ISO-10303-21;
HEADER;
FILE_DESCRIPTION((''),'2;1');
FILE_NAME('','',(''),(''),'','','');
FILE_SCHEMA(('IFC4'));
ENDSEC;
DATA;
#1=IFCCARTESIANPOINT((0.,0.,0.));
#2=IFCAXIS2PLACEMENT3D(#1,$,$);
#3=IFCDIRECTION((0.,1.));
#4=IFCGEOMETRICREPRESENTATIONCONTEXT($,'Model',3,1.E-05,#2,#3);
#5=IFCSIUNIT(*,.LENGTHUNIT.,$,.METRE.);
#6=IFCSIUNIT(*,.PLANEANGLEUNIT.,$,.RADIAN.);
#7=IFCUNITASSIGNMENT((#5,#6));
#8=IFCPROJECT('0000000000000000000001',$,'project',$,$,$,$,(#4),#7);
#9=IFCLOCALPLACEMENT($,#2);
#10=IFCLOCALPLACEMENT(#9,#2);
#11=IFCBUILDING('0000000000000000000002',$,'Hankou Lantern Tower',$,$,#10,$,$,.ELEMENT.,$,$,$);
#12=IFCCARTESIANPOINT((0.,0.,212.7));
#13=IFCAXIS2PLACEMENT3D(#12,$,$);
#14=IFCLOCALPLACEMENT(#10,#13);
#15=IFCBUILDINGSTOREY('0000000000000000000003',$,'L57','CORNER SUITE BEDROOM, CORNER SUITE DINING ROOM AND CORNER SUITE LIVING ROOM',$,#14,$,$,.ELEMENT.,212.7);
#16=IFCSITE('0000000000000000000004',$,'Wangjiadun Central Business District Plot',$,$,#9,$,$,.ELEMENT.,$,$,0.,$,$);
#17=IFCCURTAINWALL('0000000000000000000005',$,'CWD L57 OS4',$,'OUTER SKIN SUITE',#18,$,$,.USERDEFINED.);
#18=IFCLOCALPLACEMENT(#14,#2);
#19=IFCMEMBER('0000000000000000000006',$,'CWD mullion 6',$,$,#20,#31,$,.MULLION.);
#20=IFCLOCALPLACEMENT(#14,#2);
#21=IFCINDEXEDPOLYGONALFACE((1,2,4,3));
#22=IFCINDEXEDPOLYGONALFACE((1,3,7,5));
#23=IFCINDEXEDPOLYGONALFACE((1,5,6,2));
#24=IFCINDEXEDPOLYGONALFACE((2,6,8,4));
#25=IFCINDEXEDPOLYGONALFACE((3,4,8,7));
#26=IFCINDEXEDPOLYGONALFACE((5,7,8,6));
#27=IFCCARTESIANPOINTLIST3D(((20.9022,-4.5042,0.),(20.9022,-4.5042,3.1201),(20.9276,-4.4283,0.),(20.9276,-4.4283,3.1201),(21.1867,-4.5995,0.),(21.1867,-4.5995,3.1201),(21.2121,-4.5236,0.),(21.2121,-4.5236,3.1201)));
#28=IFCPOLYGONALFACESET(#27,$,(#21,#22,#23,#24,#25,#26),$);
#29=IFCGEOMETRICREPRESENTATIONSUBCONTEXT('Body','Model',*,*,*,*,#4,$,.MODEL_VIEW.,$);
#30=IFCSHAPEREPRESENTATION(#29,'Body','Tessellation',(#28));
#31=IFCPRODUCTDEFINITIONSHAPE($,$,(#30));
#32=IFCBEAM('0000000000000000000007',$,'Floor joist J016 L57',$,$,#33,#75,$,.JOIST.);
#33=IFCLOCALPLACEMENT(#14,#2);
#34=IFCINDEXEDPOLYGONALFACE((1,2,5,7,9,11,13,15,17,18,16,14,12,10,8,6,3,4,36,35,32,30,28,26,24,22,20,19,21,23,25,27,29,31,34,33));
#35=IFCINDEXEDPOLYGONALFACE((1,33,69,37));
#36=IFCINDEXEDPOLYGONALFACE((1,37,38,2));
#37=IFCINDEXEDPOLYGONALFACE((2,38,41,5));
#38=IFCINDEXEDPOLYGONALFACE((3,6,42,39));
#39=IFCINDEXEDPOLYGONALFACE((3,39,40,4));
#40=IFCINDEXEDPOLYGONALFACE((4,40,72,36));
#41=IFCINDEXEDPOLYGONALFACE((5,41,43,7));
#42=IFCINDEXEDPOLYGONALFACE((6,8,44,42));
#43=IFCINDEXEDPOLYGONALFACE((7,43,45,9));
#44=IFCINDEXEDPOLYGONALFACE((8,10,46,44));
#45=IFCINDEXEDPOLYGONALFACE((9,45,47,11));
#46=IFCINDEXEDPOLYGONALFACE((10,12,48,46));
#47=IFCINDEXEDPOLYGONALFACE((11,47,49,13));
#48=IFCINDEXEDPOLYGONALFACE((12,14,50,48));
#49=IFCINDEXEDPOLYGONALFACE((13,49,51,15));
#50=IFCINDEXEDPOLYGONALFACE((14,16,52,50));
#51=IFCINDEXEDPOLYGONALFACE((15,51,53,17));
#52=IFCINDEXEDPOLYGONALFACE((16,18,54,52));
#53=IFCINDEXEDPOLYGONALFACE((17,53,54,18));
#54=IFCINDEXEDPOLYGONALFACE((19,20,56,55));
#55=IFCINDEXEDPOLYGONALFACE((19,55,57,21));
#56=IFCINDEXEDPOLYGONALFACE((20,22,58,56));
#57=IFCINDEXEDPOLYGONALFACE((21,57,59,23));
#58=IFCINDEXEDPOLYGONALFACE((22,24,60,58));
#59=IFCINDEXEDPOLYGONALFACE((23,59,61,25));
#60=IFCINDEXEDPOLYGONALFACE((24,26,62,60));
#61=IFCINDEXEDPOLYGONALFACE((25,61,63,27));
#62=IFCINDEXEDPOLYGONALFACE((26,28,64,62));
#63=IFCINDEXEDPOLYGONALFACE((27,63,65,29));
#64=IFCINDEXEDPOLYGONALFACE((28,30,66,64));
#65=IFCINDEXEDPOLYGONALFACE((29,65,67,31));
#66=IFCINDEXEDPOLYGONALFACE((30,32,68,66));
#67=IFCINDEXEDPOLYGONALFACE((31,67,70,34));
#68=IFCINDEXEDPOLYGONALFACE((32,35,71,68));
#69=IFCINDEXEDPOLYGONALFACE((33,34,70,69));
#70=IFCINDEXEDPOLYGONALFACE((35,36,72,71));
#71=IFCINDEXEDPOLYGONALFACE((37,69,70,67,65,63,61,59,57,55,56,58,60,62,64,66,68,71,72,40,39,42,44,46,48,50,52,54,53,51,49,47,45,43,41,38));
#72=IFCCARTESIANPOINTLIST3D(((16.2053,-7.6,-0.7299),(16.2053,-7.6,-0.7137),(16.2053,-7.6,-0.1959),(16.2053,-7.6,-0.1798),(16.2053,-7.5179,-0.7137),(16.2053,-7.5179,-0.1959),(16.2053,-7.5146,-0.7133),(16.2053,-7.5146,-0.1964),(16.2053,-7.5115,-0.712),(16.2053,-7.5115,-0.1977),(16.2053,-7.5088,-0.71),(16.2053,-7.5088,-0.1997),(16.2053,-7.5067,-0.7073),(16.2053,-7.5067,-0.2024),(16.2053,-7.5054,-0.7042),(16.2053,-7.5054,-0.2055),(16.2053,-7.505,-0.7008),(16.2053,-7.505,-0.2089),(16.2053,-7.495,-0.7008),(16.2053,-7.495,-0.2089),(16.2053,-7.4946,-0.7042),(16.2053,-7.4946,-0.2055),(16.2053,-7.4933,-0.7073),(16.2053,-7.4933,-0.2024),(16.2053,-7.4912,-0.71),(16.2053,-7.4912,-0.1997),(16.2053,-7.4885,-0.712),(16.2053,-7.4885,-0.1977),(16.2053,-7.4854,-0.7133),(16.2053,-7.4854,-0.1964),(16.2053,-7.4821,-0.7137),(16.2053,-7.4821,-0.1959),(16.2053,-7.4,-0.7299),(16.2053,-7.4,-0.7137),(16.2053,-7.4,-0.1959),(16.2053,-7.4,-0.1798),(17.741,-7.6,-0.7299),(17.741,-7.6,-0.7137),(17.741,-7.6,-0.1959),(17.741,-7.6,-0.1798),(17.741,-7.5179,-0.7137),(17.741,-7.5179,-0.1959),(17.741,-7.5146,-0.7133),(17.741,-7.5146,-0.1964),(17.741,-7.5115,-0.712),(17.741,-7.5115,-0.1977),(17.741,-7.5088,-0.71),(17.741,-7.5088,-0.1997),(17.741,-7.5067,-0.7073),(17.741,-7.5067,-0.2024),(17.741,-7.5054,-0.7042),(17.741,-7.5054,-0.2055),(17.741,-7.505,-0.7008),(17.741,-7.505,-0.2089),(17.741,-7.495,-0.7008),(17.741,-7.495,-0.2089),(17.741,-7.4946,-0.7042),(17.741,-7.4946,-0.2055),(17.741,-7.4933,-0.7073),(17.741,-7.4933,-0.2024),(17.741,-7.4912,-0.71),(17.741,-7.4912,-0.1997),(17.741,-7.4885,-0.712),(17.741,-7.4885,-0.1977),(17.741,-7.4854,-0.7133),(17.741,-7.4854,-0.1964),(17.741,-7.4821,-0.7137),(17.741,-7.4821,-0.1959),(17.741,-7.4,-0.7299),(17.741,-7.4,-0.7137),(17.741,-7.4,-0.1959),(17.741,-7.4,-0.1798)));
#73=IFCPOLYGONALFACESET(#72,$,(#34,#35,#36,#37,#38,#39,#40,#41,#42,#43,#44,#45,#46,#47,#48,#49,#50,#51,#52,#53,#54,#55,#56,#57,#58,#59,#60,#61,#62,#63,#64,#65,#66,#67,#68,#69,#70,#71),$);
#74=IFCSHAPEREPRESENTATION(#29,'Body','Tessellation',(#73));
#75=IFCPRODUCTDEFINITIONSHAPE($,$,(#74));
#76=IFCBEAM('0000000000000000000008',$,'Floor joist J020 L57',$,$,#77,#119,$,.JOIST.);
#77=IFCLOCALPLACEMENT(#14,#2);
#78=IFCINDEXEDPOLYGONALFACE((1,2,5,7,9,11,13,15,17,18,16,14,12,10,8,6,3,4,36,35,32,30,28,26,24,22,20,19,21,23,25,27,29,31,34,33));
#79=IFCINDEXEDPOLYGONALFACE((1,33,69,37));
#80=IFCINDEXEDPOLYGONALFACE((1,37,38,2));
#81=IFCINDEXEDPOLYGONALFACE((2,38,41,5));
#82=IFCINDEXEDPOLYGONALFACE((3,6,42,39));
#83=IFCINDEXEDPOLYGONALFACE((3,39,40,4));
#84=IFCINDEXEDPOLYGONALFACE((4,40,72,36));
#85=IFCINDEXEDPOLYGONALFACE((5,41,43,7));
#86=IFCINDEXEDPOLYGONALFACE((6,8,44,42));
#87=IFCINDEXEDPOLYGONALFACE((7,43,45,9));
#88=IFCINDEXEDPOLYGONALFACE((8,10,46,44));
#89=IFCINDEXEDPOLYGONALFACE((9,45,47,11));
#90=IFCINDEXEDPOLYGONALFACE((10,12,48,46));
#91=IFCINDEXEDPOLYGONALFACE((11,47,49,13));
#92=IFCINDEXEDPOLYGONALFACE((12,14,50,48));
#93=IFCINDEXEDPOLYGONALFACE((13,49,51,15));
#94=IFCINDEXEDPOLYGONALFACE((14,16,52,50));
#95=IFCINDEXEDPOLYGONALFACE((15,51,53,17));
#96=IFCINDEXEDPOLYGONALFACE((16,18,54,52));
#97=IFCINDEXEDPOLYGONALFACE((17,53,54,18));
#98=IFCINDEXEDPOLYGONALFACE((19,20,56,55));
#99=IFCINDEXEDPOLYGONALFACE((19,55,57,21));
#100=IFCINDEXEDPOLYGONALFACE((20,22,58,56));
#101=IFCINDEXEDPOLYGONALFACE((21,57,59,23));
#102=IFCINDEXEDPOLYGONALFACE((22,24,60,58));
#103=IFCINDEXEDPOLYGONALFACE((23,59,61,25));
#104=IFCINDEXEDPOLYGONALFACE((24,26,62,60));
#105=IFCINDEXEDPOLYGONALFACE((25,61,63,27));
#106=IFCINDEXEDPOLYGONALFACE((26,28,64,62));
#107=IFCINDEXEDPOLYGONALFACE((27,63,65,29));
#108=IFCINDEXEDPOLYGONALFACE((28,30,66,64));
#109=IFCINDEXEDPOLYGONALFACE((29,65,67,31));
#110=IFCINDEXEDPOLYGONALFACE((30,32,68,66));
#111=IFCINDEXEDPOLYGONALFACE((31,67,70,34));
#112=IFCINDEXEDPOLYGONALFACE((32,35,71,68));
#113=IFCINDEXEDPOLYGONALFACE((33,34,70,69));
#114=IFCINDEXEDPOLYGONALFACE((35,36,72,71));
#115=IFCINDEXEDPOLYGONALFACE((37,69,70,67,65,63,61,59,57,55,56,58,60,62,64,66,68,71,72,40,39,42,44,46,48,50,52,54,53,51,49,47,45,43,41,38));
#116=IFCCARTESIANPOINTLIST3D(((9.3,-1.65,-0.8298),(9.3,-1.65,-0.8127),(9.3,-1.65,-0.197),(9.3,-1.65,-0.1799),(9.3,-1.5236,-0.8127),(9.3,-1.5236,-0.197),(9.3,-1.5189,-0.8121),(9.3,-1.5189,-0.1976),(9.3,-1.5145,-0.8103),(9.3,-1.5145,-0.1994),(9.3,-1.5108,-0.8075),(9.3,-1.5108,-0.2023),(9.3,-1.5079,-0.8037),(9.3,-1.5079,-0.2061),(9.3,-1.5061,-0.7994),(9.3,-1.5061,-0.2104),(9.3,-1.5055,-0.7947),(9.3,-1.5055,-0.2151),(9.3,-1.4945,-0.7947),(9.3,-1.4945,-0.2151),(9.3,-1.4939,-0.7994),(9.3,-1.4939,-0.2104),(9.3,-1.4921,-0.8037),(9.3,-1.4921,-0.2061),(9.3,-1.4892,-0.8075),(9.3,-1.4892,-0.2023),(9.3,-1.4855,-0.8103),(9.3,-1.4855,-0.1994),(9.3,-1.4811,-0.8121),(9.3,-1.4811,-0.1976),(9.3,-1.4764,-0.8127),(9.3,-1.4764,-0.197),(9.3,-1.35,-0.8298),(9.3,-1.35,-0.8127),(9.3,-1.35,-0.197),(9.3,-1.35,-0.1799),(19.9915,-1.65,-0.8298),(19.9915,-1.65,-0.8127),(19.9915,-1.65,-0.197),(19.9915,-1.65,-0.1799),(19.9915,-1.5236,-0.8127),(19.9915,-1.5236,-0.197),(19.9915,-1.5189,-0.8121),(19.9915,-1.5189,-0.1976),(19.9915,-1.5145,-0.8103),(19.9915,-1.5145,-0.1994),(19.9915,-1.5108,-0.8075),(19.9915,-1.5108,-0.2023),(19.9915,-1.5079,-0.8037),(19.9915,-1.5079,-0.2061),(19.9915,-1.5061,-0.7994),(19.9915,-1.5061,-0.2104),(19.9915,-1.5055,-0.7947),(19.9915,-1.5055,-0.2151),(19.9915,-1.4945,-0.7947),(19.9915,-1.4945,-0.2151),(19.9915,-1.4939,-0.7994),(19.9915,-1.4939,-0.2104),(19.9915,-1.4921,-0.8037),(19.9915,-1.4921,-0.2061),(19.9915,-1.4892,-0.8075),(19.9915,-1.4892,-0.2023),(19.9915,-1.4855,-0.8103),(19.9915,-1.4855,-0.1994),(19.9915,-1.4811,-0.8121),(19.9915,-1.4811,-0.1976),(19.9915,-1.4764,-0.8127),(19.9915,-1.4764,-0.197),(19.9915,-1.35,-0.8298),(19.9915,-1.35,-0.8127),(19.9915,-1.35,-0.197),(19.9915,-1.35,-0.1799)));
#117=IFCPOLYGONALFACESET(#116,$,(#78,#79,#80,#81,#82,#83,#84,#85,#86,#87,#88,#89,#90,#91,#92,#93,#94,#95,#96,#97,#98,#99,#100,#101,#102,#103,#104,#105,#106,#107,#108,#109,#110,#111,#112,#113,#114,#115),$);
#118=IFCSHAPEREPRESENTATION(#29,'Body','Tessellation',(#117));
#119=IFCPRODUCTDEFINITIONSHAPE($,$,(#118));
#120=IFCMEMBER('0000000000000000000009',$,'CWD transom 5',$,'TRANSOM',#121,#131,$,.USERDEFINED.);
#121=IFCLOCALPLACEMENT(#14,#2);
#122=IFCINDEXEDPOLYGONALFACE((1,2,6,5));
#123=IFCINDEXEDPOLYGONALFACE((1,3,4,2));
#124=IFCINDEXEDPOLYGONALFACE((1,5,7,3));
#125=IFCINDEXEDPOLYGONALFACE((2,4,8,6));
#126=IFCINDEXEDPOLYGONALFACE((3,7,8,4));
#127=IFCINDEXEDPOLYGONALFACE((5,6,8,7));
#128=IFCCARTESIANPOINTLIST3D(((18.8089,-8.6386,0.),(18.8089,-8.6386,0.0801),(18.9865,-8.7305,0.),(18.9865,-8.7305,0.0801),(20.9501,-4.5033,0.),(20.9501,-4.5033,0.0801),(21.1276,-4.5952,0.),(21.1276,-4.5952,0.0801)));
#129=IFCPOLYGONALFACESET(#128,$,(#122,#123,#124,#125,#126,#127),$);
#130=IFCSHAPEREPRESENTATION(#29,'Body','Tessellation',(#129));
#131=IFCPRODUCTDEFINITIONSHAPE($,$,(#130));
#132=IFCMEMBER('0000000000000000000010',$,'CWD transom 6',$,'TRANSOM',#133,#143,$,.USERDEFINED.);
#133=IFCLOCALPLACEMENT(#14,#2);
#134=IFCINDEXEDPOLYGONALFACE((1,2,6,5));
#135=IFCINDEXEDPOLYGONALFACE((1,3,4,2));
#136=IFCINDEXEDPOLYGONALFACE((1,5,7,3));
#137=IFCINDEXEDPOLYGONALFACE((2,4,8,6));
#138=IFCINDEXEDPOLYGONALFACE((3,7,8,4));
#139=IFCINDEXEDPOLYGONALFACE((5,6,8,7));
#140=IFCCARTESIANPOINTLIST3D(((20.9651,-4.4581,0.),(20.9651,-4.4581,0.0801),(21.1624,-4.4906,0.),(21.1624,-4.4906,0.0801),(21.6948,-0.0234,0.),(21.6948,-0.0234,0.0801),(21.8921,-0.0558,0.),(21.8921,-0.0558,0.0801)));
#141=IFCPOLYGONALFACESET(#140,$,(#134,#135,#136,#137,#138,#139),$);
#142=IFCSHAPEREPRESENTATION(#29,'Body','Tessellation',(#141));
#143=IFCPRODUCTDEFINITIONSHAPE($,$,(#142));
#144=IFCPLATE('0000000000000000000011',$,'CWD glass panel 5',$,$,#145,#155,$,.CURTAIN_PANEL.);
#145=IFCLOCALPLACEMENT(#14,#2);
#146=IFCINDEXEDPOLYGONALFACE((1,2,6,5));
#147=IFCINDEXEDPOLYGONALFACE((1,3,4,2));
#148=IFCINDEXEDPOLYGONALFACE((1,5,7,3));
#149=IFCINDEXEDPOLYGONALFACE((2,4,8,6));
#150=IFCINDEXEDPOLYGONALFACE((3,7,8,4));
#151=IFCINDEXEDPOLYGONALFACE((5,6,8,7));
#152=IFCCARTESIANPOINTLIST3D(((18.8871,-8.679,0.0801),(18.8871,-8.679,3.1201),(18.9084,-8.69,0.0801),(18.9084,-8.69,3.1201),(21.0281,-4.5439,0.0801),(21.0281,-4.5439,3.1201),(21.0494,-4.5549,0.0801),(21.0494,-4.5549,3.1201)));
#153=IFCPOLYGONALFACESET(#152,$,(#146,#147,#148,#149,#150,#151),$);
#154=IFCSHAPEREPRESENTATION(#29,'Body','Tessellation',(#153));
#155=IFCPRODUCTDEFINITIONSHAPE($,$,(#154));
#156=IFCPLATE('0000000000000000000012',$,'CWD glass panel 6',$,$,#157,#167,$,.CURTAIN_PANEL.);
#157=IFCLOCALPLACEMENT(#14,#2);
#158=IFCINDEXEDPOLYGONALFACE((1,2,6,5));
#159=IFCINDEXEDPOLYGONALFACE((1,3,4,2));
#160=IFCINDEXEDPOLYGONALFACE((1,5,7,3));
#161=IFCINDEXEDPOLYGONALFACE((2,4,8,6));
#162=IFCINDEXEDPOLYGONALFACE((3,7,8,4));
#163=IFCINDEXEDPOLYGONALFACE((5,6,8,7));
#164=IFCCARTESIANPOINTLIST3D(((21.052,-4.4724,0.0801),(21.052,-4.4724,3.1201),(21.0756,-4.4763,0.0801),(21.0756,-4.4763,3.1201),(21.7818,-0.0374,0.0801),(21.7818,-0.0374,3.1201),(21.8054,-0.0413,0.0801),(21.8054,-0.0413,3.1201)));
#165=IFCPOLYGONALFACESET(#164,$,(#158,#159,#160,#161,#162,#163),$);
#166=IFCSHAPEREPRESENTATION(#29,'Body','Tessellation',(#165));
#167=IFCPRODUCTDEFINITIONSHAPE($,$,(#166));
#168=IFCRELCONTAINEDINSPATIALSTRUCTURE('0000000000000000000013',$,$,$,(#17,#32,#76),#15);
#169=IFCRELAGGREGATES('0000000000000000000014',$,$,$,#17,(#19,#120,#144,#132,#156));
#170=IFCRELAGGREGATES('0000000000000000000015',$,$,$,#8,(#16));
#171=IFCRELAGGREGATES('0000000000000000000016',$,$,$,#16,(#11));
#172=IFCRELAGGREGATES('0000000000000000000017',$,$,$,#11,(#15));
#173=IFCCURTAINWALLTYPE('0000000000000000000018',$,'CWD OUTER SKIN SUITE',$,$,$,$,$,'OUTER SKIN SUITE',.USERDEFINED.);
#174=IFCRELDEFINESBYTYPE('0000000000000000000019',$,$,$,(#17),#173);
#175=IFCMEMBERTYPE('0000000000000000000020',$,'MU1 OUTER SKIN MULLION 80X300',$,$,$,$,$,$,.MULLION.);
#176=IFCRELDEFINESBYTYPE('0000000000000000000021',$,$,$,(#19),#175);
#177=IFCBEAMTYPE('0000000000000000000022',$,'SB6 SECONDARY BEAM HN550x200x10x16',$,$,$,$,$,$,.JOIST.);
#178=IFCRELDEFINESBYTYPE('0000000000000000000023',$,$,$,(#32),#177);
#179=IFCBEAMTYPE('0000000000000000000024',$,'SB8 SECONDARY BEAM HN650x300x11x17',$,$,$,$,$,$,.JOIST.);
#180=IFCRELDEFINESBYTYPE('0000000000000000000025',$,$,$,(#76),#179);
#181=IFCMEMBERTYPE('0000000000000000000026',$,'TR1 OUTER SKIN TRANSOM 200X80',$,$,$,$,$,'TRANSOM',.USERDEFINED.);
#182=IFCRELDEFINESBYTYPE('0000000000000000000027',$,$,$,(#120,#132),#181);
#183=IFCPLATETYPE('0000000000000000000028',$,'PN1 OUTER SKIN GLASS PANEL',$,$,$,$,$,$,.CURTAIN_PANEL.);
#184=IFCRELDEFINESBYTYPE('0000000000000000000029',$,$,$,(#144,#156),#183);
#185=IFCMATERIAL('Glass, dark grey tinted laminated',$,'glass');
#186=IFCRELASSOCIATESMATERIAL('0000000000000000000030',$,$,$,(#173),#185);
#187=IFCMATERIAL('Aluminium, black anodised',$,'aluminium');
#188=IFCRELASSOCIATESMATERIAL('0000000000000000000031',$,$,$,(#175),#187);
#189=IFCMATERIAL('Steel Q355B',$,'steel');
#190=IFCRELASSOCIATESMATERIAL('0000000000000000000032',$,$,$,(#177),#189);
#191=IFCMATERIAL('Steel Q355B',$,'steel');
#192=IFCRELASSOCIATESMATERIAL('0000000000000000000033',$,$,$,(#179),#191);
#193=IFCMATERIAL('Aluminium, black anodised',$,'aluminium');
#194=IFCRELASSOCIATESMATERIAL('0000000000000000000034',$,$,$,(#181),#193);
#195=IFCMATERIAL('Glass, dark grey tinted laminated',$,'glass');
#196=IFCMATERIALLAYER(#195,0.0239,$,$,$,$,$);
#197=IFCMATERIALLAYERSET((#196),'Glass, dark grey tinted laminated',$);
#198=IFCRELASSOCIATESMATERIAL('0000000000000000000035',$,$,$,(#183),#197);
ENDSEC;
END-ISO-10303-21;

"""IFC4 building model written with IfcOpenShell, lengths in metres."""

from ifc_helpers import new_model, si_unit, direction, frame, origin, origin_2d, place, context, subcontext, project, spatial, rectangle, i_section, extrude, material, layer, layer_set, material_profile, profile_set, type_object, element, aggregate, save


model = new_model("IFC4")

# Units and contexts
model_context = context("Model", 3, precision=1e-05, world=origin(), true_north=direction((0.0, 1.0)))
body_context = subcontext(model_context, "Body", "Model", "MODEL_VIEW")
ifc_project = project(units=[si_unit("LENGTHUNIT", "METRE"), si_unit("PLANEANGLEUNIT", "RADIAN")], contexts=[model_context])

# Site, building, storey
site_placement = place(None, origin())
site = spatial("IfcSite", under=ifc_project, at=site_placement, Name="Wangjiadun Central Business District Plot", CompositionType="ELEMENT", RefElevation=0.0)
building_placement = place(site_placement, origin())
building = spatial("IfcBuilding", under=site, at=building_placement, Name="Hankou Lantern Tower", CompositionType="ELEMENT")
storey_placement = place(building_placement, frame((0.0, 0.0, 212.7)))
storey = spatial("IfcBuildingStorey", under=building, at=storey_placement, Name="L57", Description="CORNER SUITE BEDROOM, CORNER SUITE DINING ROOM AND CORNER SUITE LIVING ROOM", CompositionType="ELEMENT", Elevation=212.7)

# Curtain wall, member
ifc_material_1 = material(Name="Glass, dark grey tinted laminated", Category="glass")
curtain_wall_type = type_object("IfcCurtainWallType", Name="CWD OUTER SKIN SUITE", ElementType="OUTER SKIN SUITE", PredefinedType="USERDEFINED", material=ifc_material_1)
curtain_wall_placement = place(storey_placement, origin())
curtain_wall = element("IfcCurtainWall", 1, at=curtain_wall_placement, inside=storey, type_object=curtain_wall_type, Name="CWD L57 OS4", ObjectType="OUTER SKIN SUITE", PredefinedType="USERDEFINED")
ifc_material_2 = material(Name="Aluminium, black anodised", Category="aluminium")
ifc_material_profile_1 = material_profile(ifc_material_2, rectangle(XDim=0.0801, YDim=0.3, at=origin_2d()), Name="MU1 80X300")
ifc_profile_set_1 = profile_set([ifc_material_profile_1], Name="Aluminium, black anodised")
member_type_1 = type_object("IfcMemberType", Name="MU1 OUTER SKIN MULLION 80X300", PredefinedType="MULLION", material=ifc_profile_set_1)
member_1_placement = place(storey_placement, frame((21.0571, -4.5139, 0.0), z_axis=(0.0, 0.0, 1.0), x_axis=(0.317596, 0.948226, 0.0)))
member_1 = element("IfcMember", 2, at=member_1_placement, type_object=member_type_1, Name="CWD mullion 6", PredefinedType="MULLION", context=body_context, shape_type="SweptSolid", body=[
    extrude(rectangle(XDim=0.0801, YDim=0.3, at=origin_2d()), origin(), (0.0, 0.0, 1.0), 3.1201),
])

# Beams
ifc_material_3 = material(Name="Steel Q355B", Category="steel")
ifc_material_profile_2 = material_profile(ifc_material_3, i_section(OverallWidth=0.2, OverallDepth=0.55, WebThickness=0.01, FlangeThickness=0.0161, FilletRadius=0.0129, at=origin_2d()), Name="HN550x200x10x16")
ifc_profile_set_2 = profile_set([ifc_material_profile_2], Name="Steel Q355B")
beam_type_1 = type_object("IfcBeamType", Name="SB6 SECONDARY BEAM HN550x200x10x16", PredefinedType="JOIST", material=ifc_profile_set_2)
beam_1_placement = place(storey_placement, frame((16.2053, -7.5, -0.4548), z_axis=(1.0, 0.0, 0.0), x_axis=(0.0, 1.0, 0.0)))
element("IfcBeam", 3, at=beam_1_placement, inside=storey, type_object=beam_type_1, Name="Floor joist J016 L57", PredefinedType="JOIST", context=body_context, shape_type="SweptSolid", body=[
    extrude(i_section(OverallWidth=0.2, OverallDepth=0.55, WebThickness=0.01, FlangeThickness=0.0161, FilletRadius=0.0129, at=origin_2d()), origin(), (0.0, 0.0, 1.0), 1.5356),
])
ifc_material_4 = material(Name="Steel Q355B", Category="steel")
ifc_material_profile_3 = material_profile(ifc_material_4, i_section(OverallWidth=0.3, OverallDepth=0.6499, WebThickness=0.011, FlangeThickness=0.0171, FilletRadius=0.0181, at=origin_2d()), Name="HN650x300x11x17")
ifc_profile_set_3 = profile_set([ifc_material_profile_3], Name="Steel Q355B")
beam_type_2 = type_object("IfcBeamType", Name="SB8 SECONDARY BEAM HN650x300x11x17", PredefinedType="JOIST", material=ifc_profile_set_3)
beam_2_placement = place(storey_placement, frame((9.3, -1.5, -0.5049), z_axis=(1.0, 0.0, 0.0), x_axis=(0.0, 1.0, 0.0)))
element("IfcBeam", 4, at=beam_2_placement, inside=storey, type_object=beam_type_2, Name="Floor joist J020 L57", PredefinedType="JOIST", context=body_context, shape_type="SweptSolid", body=[
    extrude(i_section(OverallWidth=0.3, OverallDepth=0.6499, WebThickness=0.011, FlangeThickness=0.0171, FilletRadius=0.0181, at=origin_2d()), origin(), (0.0, 0.0, 1.0), 10.6914),
])

# Members
ifc_material_5 = material(Name="Aluminium, black anodised", Category="aluminium")
ifc_material_profile_4 = material_profile(ifc_material_5, rectangle(XDim=0.2, YDim=0.0801, at=origin_2d()), Name="TR1 200X80")
ifc_profile_set_4 = profile_set([ifc_material_profile_4], Name="Aluminium, black anodised")
member_type_2 = type_object("IfcMemberType", Name="TR1 OUTER SKIN TRANSOM 200X80", ElementType="TRANSOM", PredefinedType="USERDEFINED", material=ifc_profile_set_4)
member_2_placement = place(storey_placement, frame((18.8977, -8.6846, 0.04), z_axis=(0.459794, 0.888026, 0.0), x_axis=(-0.888026, 0.459794, 0.0)))
member_2 = element("IfcMember", 5, at=member_2_placement, type_object=member_type_2, Name="CWD transom 5", ObjectType="TRANSOM", PredefinedType="USERDEFINED", context=body_context, shape_type="SweptSolid", body=[
    extrude(rectangle(XDim=0.2, YDim=0.0801, at=origin_2d()), origin(), (0.0, 0.0, 1.0), 4.6567),
])
member_3_placement = place(storey_placement, frame((21.0637, -4.4744, 0.04), z_axis=(0.162364, 0.986731, 0.0), x_axis=(-0.986731, 0.162364, 0.0)))
member_3 = element("IfcMember", 6, at=member_3_placement, type_object=member_type_2, Name="CWD transom 6", ObjectType="TRANSOM", PredefinedType="USERDEFINED", context=body_context, shape_type="SweptSolid", body=[
    extrude(rectangle(XDim=0.2, YDim=0.0801, at=origin_2d()), origin(), (0.0, 0.0, 1.0), 4.4944),
])

# Plates
ifc_material_6 = material(Name="Glass, dark grey tinted laminated", Category="glass")
ifc_layer_1 = layer(ifc_material_6, 0.0239)
ifc_layer_set_1 = layer_set([ifc_layer_1], Name="Glass, dark grey tinted laminated")
plate_type = type_object("IfcPlateType", Name="PN1 OUTER SKIN GLASS PANEL", PredefinedType="CURTAIN_PANEL", material=ifc_layer_set_1)
plate_1_placement = place(storey_placement, frame((19.9683, -6.6169, 0.0801), z_axis=(0.0, 0.0, 1.0), x_axis=(0.459791, 0.888027, 0.0)))
plate_1 = element("IfcPlate", 7, at=plate_1_placement, type_object=plate_type, Name="CWD glass panel 5", PredefinedType="CURTAIN_PANEL", context=body_context, shape_type="SweptSolid", body=[
    extrude(rectangle(XDim=4.6565, YDim=0.0239, at=origin_2d()), origin(), (0.0, 0.0, 1.0), 3.04),
])
plate_2_placement = place(storey_placement, frame((21.4287, -2.2568, 0.0801), z_axis=(0.0, 0.0, 1.0), x_axis=(0.162382, 0.986728, 0.0)))
plate_2 = element("IfcPlate", 8, at=plate_2_placement, type_object=plate_type, Name="CWD glass panel 6", PredefinedType="CURTAIN_PANEL", context=body_context, shape_type="SweptSolid", body=[
    extrude(rectangle(XDim=4.4946, YDim=0.0239, at=origin_2d()), origin(), (0.0, 0.0, 1.0), 3.04),
])
aggregate(curtain_wall, [member_1, member_2, plate_1, member_3, plate_2])

save(model, "model.ifc")
